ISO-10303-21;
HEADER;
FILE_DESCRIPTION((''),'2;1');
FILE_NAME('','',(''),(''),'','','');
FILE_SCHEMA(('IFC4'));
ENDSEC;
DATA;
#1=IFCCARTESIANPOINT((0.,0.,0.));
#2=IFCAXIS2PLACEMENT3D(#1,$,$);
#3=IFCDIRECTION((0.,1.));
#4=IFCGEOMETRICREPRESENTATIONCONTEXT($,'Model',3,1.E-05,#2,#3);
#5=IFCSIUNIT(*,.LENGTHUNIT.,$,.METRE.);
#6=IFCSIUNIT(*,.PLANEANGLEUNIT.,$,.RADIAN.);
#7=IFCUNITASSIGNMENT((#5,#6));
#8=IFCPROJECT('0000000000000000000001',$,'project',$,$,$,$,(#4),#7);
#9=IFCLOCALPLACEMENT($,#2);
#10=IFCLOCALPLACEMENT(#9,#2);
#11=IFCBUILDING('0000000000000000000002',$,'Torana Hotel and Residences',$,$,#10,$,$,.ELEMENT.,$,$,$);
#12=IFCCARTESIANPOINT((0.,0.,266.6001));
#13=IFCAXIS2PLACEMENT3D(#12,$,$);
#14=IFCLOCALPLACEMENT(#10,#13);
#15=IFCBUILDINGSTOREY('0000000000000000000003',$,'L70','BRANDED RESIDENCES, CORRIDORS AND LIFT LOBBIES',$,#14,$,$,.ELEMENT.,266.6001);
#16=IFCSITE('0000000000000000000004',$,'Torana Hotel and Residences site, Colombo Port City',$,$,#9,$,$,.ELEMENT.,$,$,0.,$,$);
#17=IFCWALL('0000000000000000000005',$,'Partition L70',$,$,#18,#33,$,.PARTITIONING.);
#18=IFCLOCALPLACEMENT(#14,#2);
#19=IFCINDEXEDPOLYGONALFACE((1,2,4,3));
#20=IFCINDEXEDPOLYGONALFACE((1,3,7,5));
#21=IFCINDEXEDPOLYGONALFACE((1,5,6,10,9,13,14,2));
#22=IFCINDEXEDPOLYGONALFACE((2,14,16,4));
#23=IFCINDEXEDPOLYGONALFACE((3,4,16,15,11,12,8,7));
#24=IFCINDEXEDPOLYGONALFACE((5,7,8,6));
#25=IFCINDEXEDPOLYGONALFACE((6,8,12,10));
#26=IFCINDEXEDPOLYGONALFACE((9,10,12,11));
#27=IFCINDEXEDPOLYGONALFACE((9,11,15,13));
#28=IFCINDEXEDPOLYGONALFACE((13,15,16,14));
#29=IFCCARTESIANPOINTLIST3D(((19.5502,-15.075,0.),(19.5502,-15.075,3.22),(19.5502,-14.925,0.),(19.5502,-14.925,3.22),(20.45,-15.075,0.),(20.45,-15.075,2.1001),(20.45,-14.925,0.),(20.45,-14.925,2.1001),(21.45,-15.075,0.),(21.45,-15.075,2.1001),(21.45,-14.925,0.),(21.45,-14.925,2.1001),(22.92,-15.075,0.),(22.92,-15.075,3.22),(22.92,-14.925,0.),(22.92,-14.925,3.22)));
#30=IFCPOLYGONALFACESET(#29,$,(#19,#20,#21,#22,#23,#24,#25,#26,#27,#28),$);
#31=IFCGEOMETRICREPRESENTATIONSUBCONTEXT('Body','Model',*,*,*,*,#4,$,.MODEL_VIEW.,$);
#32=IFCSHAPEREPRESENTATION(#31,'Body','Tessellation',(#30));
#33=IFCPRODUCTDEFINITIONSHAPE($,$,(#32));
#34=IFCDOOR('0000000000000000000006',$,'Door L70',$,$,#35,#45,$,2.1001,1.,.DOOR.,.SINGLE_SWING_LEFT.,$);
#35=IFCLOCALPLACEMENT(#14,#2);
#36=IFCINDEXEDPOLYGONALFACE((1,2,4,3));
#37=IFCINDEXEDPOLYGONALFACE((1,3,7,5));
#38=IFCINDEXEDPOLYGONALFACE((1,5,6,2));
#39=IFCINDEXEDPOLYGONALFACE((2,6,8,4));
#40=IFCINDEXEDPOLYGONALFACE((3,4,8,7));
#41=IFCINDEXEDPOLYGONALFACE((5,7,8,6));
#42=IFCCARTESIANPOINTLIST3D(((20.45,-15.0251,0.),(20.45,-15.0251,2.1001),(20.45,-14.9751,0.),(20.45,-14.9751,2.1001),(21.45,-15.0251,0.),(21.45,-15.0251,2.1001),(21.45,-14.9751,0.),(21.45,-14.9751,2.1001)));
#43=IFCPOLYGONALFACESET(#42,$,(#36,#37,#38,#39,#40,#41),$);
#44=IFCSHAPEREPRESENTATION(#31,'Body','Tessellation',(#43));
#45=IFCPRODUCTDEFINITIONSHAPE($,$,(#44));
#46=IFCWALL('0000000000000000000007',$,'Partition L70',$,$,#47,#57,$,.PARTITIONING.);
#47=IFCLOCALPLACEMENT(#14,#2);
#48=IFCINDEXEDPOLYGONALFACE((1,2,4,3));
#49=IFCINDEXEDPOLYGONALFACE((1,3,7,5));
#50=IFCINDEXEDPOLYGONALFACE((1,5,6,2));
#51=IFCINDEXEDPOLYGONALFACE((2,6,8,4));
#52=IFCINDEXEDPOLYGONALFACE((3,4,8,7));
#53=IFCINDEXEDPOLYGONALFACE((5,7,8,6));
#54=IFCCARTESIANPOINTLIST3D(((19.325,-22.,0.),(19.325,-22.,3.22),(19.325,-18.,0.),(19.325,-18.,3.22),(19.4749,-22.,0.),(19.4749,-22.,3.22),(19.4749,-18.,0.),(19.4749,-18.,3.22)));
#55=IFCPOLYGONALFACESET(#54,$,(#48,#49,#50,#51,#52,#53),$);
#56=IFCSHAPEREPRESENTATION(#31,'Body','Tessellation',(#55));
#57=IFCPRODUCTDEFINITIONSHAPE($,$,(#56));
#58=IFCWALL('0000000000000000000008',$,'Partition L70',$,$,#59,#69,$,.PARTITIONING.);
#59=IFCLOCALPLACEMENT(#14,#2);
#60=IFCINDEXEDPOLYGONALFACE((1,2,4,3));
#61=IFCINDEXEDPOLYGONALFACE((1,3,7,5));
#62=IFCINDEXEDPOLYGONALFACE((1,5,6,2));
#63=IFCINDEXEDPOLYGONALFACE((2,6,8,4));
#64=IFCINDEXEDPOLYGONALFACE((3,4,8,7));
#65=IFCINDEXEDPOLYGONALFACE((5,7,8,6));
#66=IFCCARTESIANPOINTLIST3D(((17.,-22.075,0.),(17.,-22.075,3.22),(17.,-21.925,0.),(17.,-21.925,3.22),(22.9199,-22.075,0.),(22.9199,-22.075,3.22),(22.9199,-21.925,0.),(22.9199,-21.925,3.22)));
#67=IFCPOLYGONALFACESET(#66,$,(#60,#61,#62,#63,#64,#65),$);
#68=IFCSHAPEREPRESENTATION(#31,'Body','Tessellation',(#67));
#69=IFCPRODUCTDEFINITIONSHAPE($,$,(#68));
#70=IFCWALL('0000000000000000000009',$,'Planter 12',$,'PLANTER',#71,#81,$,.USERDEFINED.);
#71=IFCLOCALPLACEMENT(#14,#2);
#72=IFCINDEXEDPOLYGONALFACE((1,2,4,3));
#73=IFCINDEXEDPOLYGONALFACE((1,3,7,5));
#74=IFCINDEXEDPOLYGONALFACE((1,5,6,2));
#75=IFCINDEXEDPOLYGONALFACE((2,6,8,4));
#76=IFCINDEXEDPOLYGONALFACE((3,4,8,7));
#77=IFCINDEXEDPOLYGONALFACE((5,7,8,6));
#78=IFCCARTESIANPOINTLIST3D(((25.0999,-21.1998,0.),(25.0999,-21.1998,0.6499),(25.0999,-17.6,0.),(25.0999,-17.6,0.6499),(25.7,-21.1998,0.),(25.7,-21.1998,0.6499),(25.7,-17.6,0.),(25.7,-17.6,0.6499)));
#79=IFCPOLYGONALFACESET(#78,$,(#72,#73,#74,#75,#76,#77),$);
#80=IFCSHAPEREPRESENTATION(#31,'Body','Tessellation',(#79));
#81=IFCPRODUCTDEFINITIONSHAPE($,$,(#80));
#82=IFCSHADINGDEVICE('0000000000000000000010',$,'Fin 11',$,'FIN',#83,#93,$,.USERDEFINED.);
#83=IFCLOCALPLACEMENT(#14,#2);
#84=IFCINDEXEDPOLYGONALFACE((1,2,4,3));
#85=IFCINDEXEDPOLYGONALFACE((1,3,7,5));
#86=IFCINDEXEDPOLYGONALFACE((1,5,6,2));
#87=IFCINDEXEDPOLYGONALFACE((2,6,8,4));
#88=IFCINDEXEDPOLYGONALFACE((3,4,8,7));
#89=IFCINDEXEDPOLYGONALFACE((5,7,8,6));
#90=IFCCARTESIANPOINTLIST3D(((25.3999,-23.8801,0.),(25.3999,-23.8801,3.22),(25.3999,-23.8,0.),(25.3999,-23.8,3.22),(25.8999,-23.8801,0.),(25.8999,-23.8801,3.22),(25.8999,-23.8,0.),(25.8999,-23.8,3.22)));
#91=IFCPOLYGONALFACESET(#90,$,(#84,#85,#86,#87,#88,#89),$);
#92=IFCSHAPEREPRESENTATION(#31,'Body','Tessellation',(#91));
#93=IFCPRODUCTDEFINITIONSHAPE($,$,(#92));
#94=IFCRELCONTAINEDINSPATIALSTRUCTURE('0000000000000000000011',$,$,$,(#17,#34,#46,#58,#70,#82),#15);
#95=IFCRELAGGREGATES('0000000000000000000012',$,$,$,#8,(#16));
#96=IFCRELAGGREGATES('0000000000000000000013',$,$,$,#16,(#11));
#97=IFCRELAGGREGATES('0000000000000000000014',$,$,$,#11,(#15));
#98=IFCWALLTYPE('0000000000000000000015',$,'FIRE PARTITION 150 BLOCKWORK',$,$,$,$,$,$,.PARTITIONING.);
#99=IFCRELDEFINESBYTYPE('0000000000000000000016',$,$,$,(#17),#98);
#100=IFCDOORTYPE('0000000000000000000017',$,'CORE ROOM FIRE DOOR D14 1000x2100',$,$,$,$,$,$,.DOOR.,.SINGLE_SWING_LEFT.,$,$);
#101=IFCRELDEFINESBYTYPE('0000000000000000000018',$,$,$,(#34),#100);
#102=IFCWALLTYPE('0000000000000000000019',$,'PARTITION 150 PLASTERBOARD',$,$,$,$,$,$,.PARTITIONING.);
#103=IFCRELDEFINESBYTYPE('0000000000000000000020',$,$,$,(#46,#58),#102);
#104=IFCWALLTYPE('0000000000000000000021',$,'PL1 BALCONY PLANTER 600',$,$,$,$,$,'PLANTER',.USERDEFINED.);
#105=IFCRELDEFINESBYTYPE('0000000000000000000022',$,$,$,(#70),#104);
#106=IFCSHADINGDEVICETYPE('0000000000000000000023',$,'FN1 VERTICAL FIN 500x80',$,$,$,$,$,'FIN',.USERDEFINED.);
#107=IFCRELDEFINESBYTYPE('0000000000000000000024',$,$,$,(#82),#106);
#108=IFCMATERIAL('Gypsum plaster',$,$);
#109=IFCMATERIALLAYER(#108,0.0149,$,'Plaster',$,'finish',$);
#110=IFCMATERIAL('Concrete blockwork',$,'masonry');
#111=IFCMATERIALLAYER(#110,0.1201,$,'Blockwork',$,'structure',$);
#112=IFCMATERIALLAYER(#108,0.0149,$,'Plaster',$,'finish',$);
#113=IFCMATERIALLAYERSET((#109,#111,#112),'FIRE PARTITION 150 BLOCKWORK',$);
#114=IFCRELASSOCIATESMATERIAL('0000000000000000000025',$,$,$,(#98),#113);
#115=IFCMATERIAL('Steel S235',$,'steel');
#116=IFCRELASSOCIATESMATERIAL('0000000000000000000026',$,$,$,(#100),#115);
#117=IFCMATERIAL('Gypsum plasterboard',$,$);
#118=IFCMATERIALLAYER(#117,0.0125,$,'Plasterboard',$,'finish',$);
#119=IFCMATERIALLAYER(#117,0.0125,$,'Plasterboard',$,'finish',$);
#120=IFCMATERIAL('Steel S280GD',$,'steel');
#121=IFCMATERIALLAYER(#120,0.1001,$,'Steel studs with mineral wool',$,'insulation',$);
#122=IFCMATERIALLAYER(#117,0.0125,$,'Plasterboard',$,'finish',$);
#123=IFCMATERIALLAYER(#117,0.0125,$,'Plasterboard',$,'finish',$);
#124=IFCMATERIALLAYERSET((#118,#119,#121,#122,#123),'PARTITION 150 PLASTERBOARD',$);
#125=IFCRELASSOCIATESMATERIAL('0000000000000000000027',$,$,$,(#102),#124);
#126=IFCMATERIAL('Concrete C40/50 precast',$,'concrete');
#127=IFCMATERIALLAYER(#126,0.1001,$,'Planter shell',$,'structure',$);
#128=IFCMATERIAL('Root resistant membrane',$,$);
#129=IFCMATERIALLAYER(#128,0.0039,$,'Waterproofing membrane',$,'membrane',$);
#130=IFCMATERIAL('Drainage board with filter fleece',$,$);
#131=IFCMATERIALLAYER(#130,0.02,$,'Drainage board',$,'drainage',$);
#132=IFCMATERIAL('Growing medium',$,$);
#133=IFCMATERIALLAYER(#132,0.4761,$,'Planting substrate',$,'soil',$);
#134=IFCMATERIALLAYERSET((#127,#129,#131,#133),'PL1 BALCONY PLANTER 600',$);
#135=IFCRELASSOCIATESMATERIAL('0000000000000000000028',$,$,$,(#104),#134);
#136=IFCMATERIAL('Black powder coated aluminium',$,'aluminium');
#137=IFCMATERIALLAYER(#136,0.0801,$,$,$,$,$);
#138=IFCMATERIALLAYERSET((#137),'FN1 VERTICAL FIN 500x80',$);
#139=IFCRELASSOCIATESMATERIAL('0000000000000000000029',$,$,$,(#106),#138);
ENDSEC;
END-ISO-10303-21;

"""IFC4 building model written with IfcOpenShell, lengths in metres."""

from ifc_helpers import new_model, si_unit, direction, frame, frame_2d, origin, origin_2d, place, context, subcontext, project, spatial, rectangle, extrude, material, layer, layer_set, type_object, element, fill, save


model = new_model("IFC4")

# Units and contexts
model_context = context("Model", 3, precision=1e-05, world=origin(), true_north=direction((0.0, 1.0)))
body_context = subcontext(model_context, "Body", "Model", "MODEL_VIEW")
ifc_project = project(units=[si_unit("LENGTHUNIT", "METRE"), si_unit("PLANEANGLEUNIT", "RADIAN")], contexts=[model_context])

# Site, building, storey
site_placement = place(None, origin())
site = spatial("IfcSite", under=ifc_project, at=site_placement, Name="Torana Hotel and Residences site, Colombo Port City", CompositionType="ELEMENT", RefElevation=0.0)
building_placement = place(site_placement, origin())
building = spatial("IfcBuilding", under=site, at=building_placement, Name="Torana Hotel and Residences", CompositionType="ELEMENT")
storey_placement = place(building_placement, frame((0.0, 0.0, 266.6001)))
storey = spatial("IfcBuildingStorey", under=building, at=storey_placement, Name="L70", Description="BRANDED RESIDENCES, CORRIDORS AND LIFT LOBBIES", CompositionType="ELEMENT", Elevation=266.6001)

# Wall, opening, door
ifc_material_1 = material(Name="Gypsum plaster")
ifc_layer_1 = layer(ifc_material_1, 0.0149, Name="Plaster", Category="finish")
ifc_material_2 = material(Name="Concrete blockwork", Category="masonry")
ifc_layer_2 = layer(ifc_material_2, 0.1201, Name="Blockwork", Category="structure")
ifc_layer_3 = layer(ifc_material_1, 0.0149, Name="Plaster", Category="finish")
ifc_layer_set_1 = layer_set([ifc_layer_1, ifc_layer_2, ifc_layer_3], Name="FIRE PARTITION 150 BLOCKWORK")
wall_type_1 = type_object("IfcWallType", Name="FIRE PARTITION 150 BLOCKWORK", PredefinedType="PARTITIONING", material=ifc_layer_set_1)
wall_1_placement = place(storey_placement, frame((19.55, -15.0, 0.0), z_axis=(0.0, 0.0, 1.0), x_axis=(1.0, 0.0, 0.0)))
wall_1 = element("IfcWall", 1, at=wall_1_placement, inside=storey, type_object=wall_type_1, Name="Partition L70", PredefinedType="PARTITIONING", context=body_context, shape_type="SweptSolid", body=[
    extrude(rectangle(XDim=3.3699, YDim=0.1499, at=frame_2d((1.6851, 0.0))), origin(), (0.0, 0.0, 1.0), 3.22),
])
opening_1_placement = place(wall_1_placement, frame((0.8999, 0.0, 0.0)))
opening_1 = element("IfcOpeningElement", 2, at=opening_1_placement, cuts=wall_1, PredefinedType="OPENING", context=body_context, shape_type="SweptSolid", body=[
    extrude(rectangle(XDim=1.0, YDim=2.1001, at=frame_2d((0.5, 1.05))), frame((0.0, 0.085, 0.0), z_axis=(0.0, -1.0, 0.0), x_axis=(1.0, 0.0, 0.0)), (0.0, 0.0, 1.0), 0.1699),
])
ifc_material_3 = material(Name="Steel S235", Category="steel")
door_type_1 = type_object("IfcDoorType", Name="CORE ROOM FIRE DOOR D14 1000x2100", OperationType="SINGLE_SWING_LEFT", PredefinedType="DOOR", material=ifc_material_3)
door_1_placement = place(opening_1_placement, origin())
door_1 = element("IfcDoor", 3, at=door_1_placement, inside=storey, type_object=door_type_1, Name="Door L70", OperationType="SINGLE_SWING_LEFT", OverallHeight=2.1001, OverallWidth=1.0, PredefinedType="DOOR", context=body_context, shape_type="SweptSolid", body=[
    extrude(rectangle(XDim=1.0, YDim=2.1001, at=frame_2d((0.5, 1.05))), frame((0.0, 0.0249, 0.0), z_axis=(0.0, -1.0, 0.0), x_axis=(1.0, 0.0, 0.0)), (0.0, 0.0, 1.0), 0.05),
])
fill(opening_1, door_1)

# Walls
ifc_material_4 = material(Name="Gypsum plasterboard")
ifc_layer_4 = layer(ifc_material_4, 0.0125, Name="Plasterboard", Category="finish")
ifc_layer_5 = layer(ifc_material_4, 0.0125, Name="Plasterboard", Category="finish")
ifc_material_5 = material(Name="Steel S280GD", Category="steel")
ifc_layer_6 = layer(ifc_material_5, 0.1001, Name="Steel studs with mineral wool", Category="insulation")
ifc_layer_7 = layer(ifc_material_4, 0.0125, Name="Plasterboard", Category="finish")
ifc_layer_8 = layer(ifc_material_4, 0.0125, Name="Plasterboard", Category="finish")
ifc_layer_set_2 = layer_set([ifc_layer_4, ifc_layer_5, ifc_layer_6, ifc_layer_7, ifc_layer_8], Name="PARTITION 150 PLASTERBOARD")
wall_type_2 = type_object("IfcWallType", Name="PARTITION 150 PLASTERBOARD", PredefinedType="PARTITIONING", material=ifc_layer_set_2)
wall_2_placement = place(storey_placement, frame((19.3999, -22.0, 0.0), z_axis=(0.0, 0.0, 1.0), x_axis=(0.0, 1.0, 0.0)))
element("IfcWall", 4, at=wall_2_placement, inside=storey, type_object=wall_type_2, Name="Partition L70", PredefinedType="PARTITIONING", context=body_context, shape_type="SweptSolid", body=[
    extrude(rectangle(XDim=4.0, YDim=0.1499, at=frame_2d((2.0, 0.0))), origin(), (0.0, 0.0, 1.0), 3.22),
])
wall_3_placement = place(storey_placement, frame((17.0, -22.0, 0.0), z_axis=(0.0, 0.0, 1.0), x_axis=(1.0, 0.0, 0.0)))
element("IfcWall", 5, at=wall_3_placement, inside=storey, type_object=wall_type_2, Name="Partition L70", PredefinedType="PARTITIONING", context=body_context, shape_type="SweptSolid", body=[
    extrude(rectangle(XDim=5.9199, YDim=0.1499, at=frame_2d((2.96, 0.0))), origin(), (0.0, 0.0, 1.0), 3.22),
])
ifc_material_6 = material(Name="Concrete C40/50 precast", Category="concrete")
ifc_layer_9 = layer(ifc_material_6, 0.1001, Name="Planter shell", Category="structure")
ifc_material_7 = material(Name="Root resistant membrane")
ifc_layer_10 = layer(ifc_material_7, 0.0039, Name="Waterproofing membrane", Category="membrane")
ifc_material_8 = material(Name="Drainage board with filter fleece")
ifc_layer_11 = layer(ifc_material_8, 0.02, Name="Drainage board", Category="drainage")
ifc_material_9 = material(Name="Growing medium")
ifc_layer_12 = layer(ifc_material_9, 0.4761, Name="Planting substrate", Category="soil")
ifc_layer_set_3 = layer_set([ifc_layer_9, ifc_layer_10, ifc_layer_11, ifc_layer_12], Name="PL1 BALCONY PLANTER 600")
wall_type_3 = type_object("IfcWallType", Name="PL1 BALCONY PLANTER 600", ElementType="PLANTER", PredefinedType="USERDEFINED", material=ifc_layer_set_3)
wall_4_placement = place(storey_placement, frame((25.3999, -17.6001, 0.0), z_axis=(0.0, 0.0, 1.0), x_axis=(0.0, -1.0, 0.0)))
element("IfcWall", 6, at=wall_4_placement, inside=storey, type_object=wall_type_3, Name="Planter 12", ObjectType="PLANTER", PredefinedType="USERDEFINED", context=body_context, shape_type="SweptSolid", body=[
    extrude(rectangle(XDim=3.5999, YDim=0.6001, at=frame_2d((1.7998, 0.0))), origin(), (0.0, 0.0, 1.0), 0.6499),
])

# Shading device
ifc_material_10 = material(Name="Black powder coated aluminium", Category="aluminium")
ifc_layer_13 = layer(ifc_material_10, 0.0801)
ifc_layer_set_4 = layer_set([ifc_layer_13], Name="FN1 VERTICAL FIN 500x80")
shading_device_type = type_object("IfcShadingDeviceType", Name="FN1 VERTICAL FIN 500x80", ElementType="FIN", PredefinedType="USERDEFINED", material=ifc_layer_set_4)
shading_device_placement = place(storey_placement, frame((25.6499, -23.8401, 0.0), z_axis=(0.0, 0.0, 1.0), x_axis=(0.0, -1.0, 0.0)))
element("IfcShadingDevice", 7, at=shading_device_placement, inside=storey, type_object=shading_device_type, Name="Fin 11", ObjectType="FIN", PredefinedType="USERDEFINED", context=body_context, shape_type="SweptSolid", body=[
    extrude(rectangle(XDim=0.0801, YDim=0.5, at=origin_2d()), origin(), (0.0, 0.0, 1.0), 3.22),
])

save(model, "model.ifc")
